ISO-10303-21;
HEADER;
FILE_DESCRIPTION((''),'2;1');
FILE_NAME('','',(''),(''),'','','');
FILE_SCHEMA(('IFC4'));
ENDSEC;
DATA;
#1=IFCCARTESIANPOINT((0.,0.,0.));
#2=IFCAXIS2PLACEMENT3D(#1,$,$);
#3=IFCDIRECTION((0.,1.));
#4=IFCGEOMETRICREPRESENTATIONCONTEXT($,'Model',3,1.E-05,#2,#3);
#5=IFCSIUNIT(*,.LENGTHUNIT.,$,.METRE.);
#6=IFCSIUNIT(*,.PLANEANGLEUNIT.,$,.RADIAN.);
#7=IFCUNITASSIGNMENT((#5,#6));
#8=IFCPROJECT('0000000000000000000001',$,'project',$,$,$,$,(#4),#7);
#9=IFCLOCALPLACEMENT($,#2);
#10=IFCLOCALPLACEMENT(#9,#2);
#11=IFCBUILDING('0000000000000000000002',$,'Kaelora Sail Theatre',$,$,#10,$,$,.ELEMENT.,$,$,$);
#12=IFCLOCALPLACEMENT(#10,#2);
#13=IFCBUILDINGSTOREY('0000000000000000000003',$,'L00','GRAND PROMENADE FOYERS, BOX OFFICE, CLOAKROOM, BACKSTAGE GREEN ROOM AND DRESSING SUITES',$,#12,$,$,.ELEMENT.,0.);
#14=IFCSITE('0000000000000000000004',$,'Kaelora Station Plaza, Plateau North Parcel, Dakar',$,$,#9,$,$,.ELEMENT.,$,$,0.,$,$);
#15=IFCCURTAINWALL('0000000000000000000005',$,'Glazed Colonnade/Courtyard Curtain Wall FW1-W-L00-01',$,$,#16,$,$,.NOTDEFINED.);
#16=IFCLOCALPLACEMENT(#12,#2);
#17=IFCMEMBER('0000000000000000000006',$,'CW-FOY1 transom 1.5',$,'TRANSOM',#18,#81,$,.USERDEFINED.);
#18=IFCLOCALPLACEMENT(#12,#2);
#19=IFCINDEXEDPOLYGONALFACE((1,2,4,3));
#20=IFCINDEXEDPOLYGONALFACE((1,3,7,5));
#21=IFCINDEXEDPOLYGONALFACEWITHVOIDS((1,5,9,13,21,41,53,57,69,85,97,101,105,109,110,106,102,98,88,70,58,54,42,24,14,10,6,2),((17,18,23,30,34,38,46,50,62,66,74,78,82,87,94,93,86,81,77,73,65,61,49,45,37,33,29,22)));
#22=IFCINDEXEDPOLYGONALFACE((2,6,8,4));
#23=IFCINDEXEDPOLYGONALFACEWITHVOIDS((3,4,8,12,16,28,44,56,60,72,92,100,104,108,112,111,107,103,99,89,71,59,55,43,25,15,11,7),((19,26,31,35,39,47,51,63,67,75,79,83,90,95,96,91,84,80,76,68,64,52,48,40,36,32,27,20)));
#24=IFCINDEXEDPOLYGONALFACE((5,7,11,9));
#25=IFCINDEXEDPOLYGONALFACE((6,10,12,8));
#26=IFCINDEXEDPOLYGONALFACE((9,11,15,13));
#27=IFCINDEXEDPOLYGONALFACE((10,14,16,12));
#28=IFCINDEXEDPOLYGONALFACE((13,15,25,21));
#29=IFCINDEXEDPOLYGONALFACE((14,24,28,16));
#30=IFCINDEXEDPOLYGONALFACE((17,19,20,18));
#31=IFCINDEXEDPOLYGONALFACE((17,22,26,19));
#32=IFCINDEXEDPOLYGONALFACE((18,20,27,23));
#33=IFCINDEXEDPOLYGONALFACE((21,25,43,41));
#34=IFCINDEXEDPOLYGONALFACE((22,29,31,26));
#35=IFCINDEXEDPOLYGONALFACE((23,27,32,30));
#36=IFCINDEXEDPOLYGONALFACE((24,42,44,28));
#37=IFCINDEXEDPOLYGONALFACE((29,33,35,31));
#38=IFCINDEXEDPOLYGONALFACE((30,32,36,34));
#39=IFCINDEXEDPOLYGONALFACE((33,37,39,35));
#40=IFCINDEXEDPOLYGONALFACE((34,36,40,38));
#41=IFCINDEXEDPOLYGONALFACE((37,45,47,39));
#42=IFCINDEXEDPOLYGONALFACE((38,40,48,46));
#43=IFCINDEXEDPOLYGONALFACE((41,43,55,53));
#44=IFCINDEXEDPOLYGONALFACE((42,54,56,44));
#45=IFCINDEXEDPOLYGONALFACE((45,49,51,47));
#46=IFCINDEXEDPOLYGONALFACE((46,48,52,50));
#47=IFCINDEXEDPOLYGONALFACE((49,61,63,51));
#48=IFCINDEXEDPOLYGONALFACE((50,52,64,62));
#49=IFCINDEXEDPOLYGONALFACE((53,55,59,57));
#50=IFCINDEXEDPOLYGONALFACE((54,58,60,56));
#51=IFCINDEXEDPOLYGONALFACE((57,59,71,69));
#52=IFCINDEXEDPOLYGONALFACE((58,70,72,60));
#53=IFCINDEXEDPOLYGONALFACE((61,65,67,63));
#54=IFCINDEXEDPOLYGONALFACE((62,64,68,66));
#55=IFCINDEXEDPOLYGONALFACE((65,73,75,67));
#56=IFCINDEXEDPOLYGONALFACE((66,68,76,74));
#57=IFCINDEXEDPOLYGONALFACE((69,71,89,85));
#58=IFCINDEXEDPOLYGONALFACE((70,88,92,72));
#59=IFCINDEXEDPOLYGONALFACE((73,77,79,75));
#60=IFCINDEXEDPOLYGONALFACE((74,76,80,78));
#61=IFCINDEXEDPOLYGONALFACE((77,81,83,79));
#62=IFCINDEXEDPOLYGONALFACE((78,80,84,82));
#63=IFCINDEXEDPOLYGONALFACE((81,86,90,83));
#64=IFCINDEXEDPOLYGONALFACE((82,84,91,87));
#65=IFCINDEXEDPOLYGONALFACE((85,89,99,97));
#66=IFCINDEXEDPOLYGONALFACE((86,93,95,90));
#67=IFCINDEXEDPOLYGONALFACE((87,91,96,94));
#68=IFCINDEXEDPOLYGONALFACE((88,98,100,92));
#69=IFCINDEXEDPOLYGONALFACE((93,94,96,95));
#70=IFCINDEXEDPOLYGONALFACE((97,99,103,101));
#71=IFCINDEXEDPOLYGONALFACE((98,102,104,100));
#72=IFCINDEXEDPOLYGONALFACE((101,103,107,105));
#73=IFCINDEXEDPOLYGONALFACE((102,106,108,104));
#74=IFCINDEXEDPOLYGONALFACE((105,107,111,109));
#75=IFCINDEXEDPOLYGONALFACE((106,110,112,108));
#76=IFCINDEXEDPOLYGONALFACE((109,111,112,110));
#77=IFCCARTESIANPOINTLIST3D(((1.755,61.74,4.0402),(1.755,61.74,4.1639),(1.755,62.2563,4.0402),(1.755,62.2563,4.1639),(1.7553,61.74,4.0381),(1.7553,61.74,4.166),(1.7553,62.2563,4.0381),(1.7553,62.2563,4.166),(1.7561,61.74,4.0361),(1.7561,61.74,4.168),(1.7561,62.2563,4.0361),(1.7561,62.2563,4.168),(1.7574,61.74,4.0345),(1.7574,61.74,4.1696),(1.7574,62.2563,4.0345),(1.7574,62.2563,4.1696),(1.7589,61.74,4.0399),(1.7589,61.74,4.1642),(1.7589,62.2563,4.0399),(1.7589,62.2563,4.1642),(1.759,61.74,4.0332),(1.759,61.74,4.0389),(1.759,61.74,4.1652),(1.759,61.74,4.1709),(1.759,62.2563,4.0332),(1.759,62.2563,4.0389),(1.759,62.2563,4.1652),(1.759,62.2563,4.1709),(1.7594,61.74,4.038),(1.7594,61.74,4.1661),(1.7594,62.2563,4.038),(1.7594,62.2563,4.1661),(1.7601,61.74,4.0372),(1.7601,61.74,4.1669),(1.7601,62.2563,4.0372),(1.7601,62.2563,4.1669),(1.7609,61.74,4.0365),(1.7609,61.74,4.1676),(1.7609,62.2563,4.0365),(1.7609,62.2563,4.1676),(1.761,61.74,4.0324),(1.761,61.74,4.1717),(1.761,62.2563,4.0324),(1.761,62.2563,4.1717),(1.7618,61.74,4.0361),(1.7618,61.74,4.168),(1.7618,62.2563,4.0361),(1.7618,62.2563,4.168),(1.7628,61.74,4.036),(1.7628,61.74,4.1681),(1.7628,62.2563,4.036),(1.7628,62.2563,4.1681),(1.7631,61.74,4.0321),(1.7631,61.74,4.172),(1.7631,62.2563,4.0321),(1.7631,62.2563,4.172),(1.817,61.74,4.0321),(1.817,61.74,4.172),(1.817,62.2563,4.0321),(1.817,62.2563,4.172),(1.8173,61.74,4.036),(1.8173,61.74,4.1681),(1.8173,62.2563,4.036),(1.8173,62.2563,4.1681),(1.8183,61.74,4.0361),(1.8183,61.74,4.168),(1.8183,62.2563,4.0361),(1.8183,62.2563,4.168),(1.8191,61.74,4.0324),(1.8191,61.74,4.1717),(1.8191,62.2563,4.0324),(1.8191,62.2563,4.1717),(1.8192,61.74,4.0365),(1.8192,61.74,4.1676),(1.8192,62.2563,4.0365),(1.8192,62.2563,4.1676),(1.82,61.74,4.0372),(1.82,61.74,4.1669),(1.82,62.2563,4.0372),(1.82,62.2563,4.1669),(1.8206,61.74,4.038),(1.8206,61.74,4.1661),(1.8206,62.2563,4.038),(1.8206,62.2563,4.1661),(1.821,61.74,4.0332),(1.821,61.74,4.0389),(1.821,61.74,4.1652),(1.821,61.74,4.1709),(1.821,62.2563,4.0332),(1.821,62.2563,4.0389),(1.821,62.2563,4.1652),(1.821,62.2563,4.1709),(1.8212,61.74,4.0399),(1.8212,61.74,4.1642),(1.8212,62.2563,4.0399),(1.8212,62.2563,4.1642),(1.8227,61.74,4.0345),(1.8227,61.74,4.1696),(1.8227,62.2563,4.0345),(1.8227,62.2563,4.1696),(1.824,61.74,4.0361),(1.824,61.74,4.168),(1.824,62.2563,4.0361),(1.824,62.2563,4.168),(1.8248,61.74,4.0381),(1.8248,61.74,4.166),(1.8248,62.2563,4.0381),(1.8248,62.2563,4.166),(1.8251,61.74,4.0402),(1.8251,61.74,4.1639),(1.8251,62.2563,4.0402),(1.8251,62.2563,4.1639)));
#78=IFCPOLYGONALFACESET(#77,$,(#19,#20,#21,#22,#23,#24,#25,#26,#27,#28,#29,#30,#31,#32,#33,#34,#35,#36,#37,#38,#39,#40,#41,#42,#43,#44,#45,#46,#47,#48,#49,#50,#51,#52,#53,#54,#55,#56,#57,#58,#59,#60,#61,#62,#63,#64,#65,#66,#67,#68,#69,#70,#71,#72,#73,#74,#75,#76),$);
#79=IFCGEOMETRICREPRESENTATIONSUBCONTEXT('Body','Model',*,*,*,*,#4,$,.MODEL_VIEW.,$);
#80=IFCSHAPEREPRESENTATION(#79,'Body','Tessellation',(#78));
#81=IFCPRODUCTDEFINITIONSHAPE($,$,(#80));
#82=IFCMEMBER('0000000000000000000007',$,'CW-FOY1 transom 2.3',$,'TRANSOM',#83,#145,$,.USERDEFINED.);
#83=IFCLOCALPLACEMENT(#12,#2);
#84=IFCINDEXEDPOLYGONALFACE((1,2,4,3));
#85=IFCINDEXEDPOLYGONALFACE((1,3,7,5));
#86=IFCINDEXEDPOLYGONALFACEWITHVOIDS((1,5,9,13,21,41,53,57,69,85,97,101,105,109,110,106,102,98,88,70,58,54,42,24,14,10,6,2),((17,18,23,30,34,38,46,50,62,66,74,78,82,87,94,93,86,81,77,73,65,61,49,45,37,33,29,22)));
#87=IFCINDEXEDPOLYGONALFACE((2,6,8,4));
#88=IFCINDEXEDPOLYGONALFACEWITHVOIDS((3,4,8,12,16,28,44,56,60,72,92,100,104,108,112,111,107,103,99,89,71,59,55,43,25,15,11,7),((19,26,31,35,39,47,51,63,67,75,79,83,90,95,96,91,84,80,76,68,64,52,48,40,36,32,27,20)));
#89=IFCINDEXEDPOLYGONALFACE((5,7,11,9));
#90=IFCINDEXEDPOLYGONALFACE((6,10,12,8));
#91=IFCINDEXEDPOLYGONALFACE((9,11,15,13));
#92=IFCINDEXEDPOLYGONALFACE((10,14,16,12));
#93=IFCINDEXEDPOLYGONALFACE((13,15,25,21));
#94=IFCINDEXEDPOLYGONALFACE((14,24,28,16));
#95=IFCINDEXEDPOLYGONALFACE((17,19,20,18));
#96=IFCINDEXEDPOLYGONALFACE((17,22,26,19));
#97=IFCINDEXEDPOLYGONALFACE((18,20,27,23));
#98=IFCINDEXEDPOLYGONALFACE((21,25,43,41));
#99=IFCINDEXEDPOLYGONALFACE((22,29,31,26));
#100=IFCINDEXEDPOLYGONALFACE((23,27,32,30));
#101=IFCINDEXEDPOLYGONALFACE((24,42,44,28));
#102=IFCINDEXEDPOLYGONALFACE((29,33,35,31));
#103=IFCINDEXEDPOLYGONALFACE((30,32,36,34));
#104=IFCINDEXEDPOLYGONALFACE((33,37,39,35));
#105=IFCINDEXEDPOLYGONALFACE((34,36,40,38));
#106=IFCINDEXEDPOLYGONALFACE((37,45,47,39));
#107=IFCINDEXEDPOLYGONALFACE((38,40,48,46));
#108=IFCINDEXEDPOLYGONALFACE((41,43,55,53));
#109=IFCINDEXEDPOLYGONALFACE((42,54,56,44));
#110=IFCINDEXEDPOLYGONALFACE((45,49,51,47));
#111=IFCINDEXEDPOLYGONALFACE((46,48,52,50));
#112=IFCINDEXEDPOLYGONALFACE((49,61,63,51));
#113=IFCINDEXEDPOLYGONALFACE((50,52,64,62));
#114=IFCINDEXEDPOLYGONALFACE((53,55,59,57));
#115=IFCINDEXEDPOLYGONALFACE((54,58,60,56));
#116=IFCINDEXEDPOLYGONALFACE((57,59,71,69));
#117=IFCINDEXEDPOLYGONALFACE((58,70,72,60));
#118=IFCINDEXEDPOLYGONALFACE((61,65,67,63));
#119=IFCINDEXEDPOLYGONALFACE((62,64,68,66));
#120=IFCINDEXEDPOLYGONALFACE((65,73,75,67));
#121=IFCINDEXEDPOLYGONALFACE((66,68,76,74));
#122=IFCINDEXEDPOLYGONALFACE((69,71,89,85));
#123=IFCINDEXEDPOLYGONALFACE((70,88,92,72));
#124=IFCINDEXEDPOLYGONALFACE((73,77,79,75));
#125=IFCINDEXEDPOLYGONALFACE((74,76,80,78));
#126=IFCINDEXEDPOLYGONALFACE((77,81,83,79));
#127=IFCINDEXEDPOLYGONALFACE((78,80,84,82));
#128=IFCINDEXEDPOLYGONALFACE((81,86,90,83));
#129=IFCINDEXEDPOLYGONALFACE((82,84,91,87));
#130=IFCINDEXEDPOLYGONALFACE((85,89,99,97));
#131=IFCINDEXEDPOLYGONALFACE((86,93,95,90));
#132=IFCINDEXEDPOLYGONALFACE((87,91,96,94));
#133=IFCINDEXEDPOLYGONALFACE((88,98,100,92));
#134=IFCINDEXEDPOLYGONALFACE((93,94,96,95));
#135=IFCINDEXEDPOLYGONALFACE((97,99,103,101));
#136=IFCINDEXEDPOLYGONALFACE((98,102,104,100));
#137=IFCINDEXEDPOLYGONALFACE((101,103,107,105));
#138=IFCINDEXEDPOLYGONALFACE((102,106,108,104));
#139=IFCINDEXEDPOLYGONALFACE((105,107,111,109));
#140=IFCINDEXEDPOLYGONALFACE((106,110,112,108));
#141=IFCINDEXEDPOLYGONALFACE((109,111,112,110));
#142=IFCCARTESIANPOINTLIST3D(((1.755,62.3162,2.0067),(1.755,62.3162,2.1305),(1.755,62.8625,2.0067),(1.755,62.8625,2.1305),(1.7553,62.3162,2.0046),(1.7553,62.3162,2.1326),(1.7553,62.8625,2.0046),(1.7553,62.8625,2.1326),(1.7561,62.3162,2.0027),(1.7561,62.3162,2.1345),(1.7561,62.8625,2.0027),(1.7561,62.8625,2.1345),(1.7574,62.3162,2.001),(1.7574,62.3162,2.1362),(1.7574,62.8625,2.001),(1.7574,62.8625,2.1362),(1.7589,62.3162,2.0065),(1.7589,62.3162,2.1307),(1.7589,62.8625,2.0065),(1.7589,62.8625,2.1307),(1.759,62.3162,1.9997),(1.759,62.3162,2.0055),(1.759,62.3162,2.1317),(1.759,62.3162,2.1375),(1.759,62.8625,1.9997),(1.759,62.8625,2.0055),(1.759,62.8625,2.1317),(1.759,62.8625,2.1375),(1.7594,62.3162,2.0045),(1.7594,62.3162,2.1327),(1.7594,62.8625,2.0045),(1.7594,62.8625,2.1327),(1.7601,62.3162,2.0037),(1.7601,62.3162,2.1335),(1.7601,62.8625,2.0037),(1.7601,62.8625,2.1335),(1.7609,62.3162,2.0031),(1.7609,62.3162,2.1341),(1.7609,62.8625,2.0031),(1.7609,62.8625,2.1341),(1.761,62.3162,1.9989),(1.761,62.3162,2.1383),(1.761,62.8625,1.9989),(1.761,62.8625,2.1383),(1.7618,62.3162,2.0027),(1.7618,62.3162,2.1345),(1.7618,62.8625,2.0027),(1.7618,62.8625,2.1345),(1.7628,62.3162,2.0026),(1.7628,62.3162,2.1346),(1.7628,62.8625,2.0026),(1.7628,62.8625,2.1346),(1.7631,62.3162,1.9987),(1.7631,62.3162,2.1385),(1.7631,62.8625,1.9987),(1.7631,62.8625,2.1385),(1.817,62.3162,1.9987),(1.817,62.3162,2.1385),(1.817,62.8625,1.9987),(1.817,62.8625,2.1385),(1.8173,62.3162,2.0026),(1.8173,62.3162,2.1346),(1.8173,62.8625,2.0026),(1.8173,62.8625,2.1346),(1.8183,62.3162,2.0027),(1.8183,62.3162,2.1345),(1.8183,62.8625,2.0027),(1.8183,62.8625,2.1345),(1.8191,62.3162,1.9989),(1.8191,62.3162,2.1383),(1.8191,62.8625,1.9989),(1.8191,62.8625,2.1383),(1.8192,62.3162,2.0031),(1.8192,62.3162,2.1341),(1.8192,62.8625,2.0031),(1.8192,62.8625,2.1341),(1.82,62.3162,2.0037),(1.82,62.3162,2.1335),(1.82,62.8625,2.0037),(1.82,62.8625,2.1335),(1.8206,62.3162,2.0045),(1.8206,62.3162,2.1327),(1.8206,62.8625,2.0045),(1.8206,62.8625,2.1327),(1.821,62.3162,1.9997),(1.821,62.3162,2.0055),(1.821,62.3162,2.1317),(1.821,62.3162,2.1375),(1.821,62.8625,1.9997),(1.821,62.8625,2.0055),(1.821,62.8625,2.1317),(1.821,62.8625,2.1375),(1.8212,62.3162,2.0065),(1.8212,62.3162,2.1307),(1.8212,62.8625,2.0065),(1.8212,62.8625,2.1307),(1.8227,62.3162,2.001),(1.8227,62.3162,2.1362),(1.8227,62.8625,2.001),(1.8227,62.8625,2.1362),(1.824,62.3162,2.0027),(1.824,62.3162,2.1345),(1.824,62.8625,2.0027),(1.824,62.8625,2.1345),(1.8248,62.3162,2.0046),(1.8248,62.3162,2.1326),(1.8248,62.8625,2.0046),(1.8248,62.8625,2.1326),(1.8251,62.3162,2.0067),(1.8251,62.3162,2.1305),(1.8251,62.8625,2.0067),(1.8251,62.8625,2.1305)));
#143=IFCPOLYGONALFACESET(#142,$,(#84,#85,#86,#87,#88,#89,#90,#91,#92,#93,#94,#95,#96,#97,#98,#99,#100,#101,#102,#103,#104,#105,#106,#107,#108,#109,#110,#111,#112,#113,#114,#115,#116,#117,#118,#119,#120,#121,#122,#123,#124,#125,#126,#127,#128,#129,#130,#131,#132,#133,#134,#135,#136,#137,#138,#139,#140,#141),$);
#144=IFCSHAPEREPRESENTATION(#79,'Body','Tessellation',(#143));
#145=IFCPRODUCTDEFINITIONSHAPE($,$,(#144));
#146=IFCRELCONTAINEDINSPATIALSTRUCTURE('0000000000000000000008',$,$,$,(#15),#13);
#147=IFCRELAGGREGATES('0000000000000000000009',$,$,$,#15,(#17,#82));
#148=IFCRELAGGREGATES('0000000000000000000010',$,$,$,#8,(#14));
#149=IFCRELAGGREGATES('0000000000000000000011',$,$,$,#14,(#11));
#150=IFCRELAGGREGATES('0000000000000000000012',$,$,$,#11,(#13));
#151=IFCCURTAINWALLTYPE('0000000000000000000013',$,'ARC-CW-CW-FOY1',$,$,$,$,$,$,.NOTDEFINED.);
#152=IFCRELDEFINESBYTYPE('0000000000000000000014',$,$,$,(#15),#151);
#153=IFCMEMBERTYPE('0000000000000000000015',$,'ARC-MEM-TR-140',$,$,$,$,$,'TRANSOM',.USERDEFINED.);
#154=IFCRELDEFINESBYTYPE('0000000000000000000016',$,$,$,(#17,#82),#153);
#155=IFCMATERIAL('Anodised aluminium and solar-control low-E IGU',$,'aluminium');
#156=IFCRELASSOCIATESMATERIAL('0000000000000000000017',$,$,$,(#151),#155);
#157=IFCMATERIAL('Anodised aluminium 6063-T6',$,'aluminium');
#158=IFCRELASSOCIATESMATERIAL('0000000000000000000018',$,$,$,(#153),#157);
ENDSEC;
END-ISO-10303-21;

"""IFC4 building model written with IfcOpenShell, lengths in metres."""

from ifc_helpers import new_model, si_unit, direction, frame, origin, origin_2d, place, context, subcontext, project, spatial, hollow_rectangle, extrude, material, material_profile, profile_set, type_object, element, aggregate, save


model = new_model("IFC4")

# Units and contexts
model_context = context("Model", 3, precision=1e-05, world=origin(), true_north=direction((0.0, 1.0)))
body_context = subcontext(model_context, "Body", "Model", "MODEL_VIEW")
ifc_project = project(units=[si_unit("LENGTHUNIT", "METRE"), si_unit("PLANEANGLEUNIT", "RADIAN")], contexts=[model_context])

# Site, building, storey
site_placement = place(None, origin())
site = spatial("IfcSite", under=ifc_project, at=site_placement, Name="Kaelora Station Plaza, Plateau North Parcel, Dakar", CompositionType="ELEMENT", RefElevation=0.0)
building_placement = place(site_placement, origin())
building = spatial("IfcBuilding", under=site, at=building_placement, Name="Kaelora Sail Theatre", CompositionType="ELEMENT")
storey_placement = place(building_placement, origin())
storey = spatial("IfcBuildingStorey", under=building, at=storey_placement, Name="L00", Description="GRAND PROMENADE FOYERS, BOX OFFICE, CLOAKROOM, BACKSTAGE GREEN ROOM AND DRESSING SUITES", CompositionType="ELEMENT", Elevation=0.0)

# Curtain wall, members
ifc_material_1 = material(Name="Anodised aluminium and solar-control low-E IGU", Category="aluminium")
curtain_wall_type = type_object("IfcCurtainWallType", Name="ARC-CW-CW-FOY1", PredefinedType="NOTDEFINED", material=ifc_material_1)
curtain_wall_1_placement = place(storey_placement, origin())
curtain_wall_1 = element("IfcCurtainWall", 1, at=curtain_wall_1_placement, inside=storey, type_object=curtain_wall_type, Name="Glazed Colonnade/Courtyard Curtain Wall FW1-W-L00-01", PredefinedType="NOTDEFINED")
ifc_material_2 = material(Name="Anodised aluminium 6063-T6", Category="aluminium")
ifc_material_profile = material_profile(ifc_material_2, hollow_rectangle(XDim=0.0701, YDim=0.1399, WallThickness=0.0039, InnerFilletRadius=0.0039, OuterFilletRadius=0.0081, at=origin_2d()), Name="ALU-TRAN 70x140x4")
ifc_profile_set = profile_set([ifc_material_profile], Name="Anodised aluminium 6063-T6")
member_type = type_object("IfcMemberType", Name="ARC-MEM-TR-140", ElementType="TRANSOM", PredefinedType="USERDEFINED", material=ifc_profile_set)
member_1_placement = place(storey_placement, frame((1.79, 61.74, 4.1021), z_axis=(0.0, 1.0, 0.0), x_axis=(-1.0, 0.0, 0.0)))
member_1 = element("IfcMember", 2, at=member_1_placement, type_object=member_type, Name="CW-FOY1 transom 1.5", ObjectType="TRANSOM", PredefinedType="USERDEFINED", context=body_context, shape_type="SweptSolid", body=[
    extrude(hollow_rectangle(XDim=0.0701, YDim=0.1399, WallThickness=0.0039, InnerFilletRadius=0.0039, OuterFilletRadius=0.0081, at=origin_2d()), origin(), (0.0, 0.0, 1.0), 0.5164),
])
member_2_placement = place(storey_placement, frame((1.79, 62.3162, 2.0686), z_axis=(0.0, 1.0, 0.0), x_axis=(-1.0, 0.0, 0.0)))
member_2 = element("IfcMember", 3, at=member_2_placement, type_object=member_type, Name="CW-FOY1 transom 2.3", ObjectType="TRANSOM", PredefinedType="USERDEFINED", context=body_context, shape_type="SweptSolid", body=[
    extrude(hollow_rectangle(XDim=0.0701, YDim=0.1399, WallThickness=0.0039, InnerFilletRadius=0.0039, OuterFilletRadius=0.0081, at=origin_2d()), origin(), (0.0, 0.0, 1.0), 0.5464),
])

aggregate(curtain_wall_1, [member_1, member_2])

save(model, "model.ifc")
